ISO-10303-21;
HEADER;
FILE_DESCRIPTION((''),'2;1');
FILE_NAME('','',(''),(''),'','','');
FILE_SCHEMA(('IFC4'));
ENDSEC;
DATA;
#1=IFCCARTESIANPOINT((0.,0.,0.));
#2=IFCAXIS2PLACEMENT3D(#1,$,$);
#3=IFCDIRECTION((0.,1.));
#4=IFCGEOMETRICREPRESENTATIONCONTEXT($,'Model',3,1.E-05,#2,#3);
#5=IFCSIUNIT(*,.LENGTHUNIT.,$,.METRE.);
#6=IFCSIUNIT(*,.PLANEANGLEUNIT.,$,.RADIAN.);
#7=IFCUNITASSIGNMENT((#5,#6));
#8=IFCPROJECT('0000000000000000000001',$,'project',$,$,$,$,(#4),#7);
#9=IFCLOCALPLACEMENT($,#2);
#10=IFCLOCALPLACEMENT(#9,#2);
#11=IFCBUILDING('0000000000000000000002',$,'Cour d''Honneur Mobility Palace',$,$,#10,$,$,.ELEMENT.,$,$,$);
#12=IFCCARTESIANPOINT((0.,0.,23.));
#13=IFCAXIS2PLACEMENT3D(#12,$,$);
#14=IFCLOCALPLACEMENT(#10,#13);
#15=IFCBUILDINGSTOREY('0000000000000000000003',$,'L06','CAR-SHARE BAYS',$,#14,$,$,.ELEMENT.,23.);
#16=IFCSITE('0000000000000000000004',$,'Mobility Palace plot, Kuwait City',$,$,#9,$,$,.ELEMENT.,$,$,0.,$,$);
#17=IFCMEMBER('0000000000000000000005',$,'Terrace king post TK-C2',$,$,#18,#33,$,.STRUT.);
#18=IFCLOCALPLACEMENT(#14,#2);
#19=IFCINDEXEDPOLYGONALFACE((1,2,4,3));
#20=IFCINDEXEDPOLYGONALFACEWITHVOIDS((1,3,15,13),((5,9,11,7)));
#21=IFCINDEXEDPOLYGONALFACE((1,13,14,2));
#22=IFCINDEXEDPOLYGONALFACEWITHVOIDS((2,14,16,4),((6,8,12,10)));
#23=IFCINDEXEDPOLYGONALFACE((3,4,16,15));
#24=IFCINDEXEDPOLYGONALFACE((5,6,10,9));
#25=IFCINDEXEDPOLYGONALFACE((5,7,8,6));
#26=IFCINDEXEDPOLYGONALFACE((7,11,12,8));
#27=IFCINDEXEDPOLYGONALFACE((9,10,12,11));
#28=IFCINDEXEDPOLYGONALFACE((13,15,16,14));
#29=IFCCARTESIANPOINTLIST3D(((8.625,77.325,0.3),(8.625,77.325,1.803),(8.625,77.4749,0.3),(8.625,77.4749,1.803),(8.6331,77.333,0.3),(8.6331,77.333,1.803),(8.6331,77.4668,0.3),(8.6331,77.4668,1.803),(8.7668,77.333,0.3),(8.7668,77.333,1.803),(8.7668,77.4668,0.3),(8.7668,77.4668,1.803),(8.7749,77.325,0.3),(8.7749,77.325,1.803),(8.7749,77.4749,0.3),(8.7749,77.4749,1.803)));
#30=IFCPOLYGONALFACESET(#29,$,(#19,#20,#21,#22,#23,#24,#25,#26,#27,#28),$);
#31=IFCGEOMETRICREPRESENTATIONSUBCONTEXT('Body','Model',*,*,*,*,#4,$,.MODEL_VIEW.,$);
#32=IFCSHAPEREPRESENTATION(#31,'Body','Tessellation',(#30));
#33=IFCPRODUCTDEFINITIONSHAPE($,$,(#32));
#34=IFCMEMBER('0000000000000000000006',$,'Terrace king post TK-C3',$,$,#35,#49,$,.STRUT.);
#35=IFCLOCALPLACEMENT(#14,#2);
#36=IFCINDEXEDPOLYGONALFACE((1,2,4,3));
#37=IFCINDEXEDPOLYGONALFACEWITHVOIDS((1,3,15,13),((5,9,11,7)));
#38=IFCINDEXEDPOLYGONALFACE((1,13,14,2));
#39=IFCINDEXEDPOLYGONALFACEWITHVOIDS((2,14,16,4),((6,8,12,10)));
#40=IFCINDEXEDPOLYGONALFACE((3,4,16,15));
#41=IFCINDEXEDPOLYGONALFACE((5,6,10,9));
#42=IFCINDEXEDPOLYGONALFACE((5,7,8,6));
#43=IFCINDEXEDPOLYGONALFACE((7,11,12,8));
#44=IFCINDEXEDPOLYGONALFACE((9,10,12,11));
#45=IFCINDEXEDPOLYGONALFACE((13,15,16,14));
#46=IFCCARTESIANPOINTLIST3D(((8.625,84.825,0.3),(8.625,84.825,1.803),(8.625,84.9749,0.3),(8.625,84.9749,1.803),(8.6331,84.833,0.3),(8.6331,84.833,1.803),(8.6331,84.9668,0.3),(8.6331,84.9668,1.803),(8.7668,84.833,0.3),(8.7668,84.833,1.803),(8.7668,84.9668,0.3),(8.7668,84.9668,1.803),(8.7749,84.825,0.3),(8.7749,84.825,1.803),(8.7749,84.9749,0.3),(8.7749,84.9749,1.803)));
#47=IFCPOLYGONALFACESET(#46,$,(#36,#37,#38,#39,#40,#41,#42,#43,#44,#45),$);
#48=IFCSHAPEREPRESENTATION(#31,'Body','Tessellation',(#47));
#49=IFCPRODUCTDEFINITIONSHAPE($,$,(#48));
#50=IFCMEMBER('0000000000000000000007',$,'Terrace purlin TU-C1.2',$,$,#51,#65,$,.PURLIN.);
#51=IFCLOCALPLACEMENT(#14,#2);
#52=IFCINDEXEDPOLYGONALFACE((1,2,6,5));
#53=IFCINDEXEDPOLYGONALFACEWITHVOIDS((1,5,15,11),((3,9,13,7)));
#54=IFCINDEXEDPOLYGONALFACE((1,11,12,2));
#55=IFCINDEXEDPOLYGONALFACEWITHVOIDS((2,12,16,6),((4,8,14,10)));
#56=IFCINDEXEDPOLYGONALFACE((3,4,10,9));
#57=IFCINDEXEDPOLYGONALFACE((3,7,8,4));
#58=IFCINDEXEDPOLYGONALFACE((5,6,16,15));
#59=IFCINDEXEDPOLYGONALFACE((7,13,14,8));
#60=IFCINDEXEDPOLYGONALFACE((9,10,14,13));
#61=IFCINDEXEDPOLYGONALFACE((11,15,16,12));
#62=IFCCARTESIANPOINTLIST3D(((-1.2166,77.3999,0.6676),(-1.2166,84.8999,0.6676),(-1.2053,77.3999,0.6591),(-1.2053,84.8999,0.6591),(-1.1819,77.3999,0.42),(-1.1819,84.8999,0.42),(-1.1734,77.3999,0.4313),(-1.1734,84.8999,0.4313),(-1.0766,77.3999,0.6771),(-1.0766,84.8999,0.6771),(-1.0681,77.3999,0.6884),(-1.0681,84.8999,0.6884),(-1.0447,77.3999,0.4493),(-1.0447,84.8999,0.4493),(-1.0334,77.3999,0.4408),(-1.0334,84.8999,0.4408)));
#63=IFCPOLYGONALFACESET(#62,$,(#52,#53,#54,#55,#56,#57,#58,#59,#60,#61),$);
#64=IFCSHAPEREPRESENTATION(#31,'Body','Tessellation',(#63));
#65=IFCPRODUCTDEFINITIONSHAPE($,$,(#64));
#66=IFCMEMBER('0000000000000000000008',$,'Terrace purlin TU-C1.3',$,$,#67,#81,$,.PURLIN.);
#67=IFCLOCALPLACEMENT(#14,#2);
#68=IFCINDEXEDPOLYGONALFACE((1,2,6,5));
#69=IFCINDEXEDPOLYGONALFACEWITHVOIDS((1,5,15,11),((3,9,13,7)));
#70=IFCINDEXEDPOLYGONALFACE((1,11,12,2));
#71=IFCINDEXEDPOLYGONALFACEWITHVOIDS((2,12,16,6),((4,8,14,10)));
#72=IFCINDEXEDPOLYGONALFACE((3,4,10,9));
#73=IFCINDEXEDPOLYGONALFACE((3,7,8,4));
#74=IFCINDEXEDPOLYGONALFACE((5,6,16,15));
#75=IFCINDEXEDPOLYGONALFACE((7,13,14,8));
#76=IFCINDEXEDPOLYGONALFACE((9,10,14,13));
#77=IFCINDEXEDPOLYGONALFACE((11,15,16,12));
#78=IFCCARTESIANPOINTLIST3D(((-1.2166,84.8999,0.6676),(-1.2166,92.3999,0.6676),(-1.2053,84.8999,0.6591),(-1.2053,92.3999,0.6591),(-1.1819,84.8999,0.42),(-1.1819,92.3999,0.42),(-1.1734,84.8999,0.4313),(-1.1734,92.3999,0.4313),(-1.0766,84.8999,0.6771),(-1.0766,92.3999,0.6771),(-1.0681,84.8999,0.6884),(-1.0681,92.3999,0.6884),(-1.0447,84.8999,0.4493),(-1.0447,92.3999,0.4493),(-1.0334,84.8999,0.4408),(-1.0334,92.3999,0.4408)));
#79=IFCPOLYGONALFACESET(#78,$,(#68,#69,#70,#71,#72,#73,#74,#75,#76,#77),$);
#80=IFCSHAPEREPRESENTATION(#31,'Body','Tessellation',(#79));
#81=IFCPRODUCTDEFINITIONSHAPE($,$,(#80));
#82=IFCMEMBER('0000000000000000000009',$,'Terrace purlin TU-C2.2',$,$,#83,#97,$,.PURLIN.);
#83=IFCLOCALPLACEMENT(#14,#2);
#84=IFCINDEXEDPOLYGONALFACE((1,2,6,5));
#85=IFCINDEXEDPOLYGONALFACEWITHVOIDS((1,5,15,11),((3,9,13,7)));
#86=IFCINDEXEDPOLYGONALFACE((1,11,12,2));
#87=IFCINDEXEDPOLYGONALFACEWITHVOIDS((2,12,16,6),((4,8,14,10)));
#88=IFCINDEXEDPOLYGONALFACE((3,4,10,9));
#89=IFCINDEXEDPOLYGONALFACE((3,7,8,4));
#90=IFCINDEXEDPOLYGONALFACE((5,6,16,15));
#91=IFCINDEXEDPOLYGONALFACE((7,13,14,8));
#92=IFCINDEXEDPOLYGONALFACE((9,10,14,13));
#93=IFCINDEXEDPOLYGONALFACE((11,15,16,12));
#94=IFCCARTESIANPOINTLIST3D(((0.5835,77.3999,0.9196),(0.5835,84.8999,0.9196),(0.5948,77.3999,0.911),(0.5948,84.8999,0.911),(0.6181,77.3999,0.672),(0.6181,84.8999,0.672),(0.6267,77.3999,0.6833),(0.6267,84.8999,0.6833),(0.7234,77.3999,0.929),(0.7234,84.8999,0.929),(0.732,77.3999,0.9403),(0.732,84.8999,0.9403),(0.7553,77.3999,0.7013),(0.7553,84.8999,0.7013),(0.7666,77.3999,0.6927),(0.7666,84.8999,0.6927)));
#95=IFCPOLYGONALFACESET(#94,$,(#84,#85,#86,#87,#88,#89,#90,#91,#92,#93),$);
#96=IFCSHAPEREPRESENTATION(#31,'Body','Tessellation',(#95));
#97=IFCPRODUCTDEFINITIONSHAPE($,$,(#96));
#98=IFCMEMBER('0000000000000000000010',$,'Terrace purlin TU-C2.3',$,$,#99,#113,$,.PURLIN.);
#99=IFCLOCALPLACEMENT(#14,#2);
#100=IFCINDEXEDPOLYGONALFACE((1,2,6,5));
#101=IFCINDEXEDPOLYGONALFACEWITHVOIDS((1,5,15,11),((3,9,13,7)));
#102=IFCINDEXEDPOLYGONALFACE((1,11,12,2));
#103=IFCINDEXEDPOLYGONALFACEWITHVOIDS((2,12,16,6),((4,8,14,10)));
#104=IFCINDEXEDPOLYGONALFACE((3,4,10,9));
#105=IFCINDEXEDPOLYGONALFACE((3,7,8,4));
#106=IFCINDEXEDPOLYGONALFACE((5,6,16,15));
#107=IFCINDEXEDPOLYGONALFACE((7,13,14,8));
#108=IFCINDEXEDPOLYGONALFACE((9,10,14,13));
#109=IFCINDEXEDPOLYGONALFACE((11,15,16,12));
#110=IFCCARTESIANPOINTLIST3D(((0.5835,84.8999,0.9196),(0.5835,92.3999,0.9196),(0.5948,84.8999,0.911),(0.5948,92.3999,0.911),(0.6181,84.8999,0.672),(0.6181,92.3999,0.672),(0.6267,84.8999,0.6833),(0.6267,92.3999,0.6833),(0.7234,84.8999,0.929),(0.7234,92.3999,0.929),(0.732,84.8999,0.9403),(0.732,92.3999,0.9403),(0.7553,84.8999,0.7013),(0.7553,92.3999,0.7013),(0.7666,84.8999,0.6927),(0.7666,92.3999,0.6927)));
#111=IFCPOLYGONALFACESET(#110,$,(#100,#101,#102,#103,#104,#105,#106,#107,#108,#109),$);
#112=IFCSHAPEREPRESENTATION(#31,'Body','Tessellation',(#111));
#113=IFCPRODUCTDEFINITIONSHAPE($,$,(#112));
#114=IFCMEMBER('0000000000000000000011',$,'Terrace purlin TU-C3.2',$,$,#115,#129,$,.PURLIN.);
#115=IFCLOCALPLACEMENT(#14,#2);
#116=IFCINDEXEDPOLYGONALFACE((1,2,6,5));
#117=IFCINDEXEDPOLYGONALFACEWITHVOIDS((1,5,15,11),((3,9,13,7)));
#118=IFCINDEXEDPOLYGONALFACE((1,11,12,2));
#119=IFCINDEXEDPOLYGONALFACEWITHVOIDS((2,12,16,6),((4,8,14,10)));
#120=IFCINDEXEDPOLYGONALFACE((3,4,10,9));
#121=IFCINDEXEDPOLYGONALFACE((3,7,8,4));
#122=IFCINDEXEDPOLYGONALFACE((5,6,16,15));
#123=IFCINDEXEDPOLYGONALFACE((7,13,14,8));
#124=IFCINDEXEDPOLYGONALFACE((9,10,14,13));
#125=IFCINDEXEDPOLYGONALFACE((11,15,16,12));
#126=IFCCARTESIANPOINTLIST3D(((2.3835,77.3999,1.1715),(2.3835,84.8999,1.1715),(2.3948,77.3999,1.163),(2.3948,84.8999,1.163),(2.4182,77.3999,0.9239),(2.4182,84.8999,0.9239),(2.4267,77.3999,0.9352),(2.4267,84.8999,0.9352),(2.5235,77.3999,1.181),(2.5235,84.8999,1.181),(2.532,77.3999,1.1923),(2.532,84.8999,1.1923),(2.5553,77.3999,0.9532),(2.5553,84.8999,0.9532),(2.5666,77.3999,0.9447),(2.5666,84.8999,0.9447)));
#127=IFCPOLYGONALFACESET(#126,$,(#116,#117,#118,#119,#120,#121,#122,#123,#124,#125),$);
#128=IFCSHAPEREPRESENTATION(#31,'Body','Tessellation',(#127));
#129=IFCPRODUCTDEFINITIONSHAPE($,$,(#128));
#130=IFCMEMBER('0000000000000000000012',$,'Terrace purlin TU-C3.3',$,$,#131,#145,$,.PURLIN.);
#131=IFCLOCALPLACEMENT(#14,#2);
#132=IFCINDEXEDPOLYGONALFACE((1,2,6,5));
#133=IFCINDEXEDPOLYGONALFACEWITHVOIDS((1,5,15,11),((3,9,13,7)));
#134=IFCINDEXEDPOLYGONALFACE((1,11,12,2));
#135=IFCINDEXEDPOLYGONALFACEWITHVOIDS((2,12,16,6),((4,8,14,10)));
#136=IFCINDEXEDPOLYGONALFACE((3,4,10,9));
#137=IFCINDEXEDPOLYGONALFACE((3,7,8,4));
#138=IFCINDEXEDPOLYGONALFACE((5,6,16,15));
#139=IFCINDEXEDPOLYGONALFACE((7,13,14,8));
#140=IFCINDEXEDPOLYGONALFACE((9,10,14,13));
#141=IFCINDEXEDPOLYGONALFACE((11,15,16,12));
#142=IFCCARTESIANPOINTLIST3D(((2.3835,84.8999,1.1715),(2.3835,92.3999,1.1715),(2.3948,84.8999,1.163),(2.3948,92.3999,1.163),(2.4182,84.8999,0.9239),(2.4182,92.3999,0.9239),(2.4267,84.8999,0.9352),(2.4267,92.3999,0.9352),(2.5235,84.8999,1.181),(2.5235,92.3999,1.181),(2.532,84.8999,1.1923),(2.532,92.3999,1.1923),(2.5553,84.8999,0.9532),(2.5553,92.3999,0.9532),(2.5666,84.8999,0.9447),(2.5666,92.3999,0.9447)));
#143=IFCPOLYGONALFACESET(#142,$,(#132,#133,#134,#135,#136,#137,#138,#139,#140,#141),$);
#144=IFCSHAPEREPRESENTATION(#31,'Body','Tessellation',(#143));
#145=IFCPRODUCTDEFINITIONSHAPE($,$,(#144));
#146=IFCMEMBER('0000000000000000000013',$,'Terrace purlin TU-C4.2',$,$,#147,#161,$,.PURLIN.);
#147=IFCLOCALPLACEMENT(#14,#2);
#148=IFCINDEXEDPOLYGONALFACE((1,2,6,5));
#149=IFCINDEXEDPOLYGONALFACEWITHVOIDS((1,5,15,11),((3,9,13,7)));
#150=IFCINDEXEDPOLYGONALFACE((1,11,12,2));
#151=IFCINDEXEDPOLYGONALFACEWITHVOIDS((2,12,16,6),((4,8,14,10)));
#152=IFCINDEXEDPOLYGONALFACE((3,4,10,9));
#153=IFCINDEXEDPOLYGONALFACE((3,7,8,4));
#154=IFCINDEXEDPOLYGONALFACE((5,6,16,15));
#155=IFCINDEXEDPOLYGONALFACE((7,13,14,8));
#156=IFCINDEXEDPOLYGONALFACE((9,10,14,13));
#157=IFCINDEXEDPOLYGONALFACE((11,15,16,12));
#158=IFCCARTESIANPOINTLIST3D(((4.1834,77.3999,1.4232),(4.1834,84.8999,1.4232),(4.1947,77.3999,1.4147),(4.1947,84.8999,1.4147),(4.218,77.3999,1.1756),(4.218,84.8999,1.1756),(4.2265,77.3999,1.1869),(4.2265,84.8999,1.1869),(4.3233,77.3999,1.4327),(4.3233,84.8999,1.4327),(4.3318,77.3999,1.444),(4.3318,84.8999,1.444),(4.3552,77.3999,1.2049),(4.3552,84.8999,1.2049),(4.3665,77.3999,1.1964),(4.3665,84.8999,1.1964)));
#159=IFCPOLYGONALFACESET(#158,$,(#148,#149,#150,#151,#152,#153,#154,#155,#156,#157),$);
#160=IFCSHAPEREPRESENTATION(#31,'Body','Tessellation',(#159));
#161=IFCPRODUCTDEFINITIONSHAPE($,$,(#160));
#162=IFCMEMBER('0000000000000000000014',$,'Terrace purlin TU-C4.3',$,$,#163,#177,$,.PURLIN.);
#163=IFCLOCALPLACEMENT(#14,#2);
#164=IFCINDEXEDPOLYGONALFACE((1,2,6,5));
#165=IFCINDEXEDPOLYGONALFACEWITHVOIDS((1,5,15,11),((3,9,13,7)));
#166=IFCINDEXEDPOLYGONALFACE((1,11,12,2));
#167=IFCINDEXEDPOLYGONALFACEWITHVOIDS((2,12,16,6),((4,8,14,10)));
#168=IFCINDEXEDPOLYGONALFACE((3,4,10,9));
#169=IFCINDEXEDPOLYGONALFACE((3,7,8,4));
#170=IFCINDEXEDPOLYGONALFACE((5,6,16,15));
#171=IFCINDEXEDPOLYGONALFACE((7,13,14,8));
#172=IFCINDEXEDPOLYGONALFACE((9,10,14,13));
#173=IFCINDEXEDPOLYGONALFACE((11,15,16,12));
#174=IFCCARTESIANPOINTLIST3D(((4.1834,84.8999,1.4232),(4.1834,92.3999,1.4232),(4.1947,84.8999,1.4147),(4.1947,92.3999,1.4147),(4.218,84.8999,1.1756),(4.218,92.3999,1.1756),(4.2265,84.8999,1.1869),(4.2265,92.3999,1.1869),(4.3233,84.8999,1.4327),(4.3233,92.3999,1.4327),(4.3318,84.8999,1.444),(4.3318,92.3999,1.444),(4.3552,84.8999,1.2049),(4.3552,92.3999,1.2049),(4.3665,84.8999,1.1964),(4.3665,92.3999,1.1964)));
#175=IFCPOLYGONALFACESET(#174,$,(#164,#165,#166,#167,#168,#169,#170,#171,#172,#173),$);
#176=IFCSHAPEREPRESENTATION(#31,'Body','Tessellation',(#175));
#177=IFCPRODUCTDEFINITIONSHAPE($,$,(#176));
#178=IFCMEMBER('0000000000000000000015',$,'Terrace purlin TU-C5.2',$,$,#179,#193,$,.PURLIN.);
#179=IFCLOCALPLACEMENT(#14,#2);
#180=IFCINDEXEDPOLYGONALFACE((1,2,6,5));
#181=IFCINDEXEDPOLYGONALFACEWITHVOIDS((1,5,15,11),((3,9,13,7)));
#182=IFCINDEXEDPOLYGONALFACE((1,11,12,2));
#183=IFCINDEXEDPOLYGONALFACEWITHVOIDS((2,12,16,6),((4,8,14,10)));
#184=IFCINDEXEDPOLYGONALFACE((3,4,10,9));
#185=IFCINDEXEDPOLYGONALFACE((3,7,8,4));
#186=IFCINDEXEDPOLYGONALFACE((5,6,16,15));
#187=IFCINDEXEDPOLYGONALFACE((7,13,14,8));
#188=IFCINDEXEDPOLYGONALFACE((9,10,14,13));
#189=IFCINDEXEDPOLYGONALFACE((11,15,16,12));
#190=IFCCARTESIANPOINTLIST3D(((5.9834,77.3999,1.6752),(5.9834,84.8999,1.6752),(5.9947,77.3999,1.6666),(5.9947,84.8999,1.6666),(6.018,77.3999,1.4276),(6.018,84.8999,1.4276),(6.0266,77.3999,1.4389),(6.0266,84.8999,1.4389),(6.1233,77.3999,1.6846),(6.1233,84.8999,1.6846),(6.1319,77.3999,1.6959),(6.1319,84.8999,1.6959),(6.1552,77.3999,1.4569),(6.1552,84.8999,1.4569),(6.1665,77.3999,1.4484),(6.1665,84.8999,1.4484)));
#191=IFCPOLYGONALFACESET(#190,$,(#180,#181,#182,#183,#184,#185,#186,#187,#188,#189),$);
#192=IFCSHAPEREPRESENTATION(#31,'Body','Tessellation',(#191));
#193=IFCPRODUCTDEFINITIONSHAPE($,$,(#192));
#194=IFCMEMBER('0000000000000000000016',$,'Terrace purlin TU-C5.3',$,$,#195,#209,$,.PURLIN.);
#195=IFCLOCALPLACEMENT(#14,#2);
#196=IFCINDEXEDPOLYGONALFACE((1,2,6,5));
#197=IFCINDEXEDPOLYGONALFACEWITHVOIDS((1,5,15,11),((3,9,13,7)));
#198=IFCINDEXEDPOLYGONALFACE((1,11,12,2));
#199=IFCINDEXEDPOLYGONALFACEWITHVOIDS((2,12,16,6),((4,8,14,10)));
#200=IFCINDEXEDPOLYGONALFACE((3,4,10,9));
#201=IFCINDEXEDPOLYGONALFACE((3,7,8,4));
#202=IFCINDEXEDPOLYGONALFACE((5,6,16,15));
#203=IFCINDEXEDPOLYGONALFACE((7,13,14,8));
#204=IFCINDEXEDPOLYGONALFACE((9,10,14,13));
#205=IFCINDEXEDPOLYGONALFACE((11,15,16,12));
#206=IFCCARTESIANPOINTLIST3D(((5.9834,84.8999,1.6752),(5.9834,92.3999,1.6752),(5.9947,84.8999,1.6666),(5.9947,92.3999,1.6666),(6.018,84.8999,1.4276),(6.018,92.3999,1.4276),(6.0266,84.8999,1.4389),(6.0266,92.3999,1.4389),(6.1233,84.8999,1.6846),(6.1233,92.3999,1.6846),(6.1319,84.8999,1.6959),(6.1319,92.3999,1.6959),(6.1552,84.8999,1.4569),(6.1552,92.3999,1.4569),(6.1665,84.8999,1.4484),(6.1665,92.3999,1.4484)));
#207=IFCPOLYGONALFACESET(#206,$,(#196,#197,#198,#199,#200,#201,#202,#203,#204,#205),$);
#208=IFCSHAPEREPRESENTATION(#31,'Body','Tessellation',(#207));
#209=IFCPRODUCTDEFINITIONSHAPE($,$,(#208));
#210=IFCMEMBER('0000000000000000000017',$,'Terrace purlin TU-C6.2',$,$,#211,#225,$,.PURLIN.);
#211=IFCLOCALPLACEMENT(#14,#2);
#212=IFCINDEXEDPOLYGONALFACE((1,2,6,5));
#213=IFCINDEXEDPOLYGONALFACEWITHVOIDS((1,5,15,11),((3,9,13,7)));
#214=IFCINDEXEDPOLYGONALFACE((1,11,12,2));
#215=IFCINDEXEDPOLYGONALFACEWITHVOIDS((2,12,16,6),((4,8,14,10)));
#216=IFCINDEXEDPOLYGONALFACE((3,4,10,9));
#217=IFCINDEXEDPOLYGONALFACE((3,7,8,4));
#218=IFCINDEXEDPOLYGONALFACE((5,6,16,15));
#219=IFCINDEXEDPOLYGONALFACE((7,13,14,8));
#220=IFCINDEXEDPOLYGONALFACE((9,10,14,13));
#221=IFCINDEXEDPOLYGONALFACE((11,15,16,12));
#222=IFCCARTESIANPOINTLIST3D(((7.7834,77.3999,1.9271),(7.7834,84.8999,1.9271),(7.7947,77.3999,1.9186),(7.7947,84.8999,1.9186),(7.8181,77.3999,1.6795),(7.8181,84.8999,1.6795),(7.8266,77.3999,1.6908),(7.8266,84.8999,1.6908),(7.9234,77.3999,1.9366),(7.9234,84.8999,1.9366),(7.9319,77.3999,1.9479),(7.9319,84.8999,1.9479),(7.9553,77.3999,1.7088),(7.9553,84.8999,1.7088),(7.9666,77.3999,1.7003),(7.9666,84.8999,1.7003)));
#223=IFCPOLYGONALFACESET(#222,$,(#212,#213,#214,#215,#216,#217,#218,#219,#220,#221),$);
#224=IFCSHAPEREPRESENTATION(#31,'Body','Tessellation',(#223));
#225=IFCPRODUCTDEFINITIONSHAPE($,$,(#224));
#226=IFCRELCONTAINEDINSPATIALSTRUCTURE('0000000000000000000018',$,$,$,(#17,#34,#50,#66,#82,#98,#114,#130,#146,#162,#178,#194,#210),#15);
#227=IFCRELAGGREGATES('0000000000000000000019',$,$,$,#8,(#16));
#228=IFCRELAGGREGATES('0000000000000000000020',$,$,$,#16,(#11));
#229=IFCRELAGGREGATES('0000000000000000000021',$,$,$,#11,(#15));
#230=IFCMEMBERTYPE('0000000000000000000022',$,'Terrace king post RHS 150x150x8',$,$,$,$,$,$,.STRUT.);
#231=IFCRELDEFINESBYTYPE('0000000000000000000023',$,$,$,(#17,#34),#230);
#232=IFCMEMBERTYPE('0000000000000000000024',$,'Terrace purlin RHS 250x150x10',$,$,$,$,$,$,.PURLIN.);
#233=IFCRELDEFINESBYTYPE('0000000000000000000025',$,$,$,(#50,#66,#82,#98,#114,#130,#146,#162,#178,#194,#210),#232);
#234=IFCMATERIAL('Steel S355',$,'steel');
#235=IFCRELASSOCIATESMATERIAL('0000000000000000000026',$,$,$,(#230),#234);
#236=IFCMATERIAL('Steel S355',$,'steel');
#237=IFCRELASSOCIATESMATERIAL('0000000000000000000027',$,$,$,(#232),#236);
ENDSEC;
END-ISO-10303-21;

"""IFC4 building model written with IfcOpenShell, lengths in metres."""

from ifc_helpers import new_model, si_unit, direction, frame, origin, origin_2d, place, context, subcontext, project, spatial, hollow_rectangle, extrude, material, material_profile, profile_set, type_object, element, save


model = new_model("IFC4")

# Units and contexts
model_context = context("Model", 3, precision=1e-05, world=origin(), true_north=direction((0.0, 1.0)))
body_context = subcontext(model_context, "Body", "Model", "MODEL_VIEW")
ifc_project = project(units=[si_unit("LENGTHUNIT", "METRE"), si_unit("PLANEANGLEUNIT", "RADIAN")], contexts=[model_context])

# Site, building, storey
site_placement = place(None, origin())
site = spatial("IfcSite", under=ifc_project, at=site_placement, Name="Mobility Palace plot, Kuwait City", CompositionType="ELEMENT", RefElevation=0.0)
building_placement = place(site_placement, origin())
building = spatial("IfcBuilding", under=site, at=building_placement, Name="Cour d'Honneur Mobility Palace", CompositionType="ELEMENT")
storey_placement = place(building_placement, frame((0.0, 0.0, 23.0)))
storey = spatial("IfcBuildingStorey", under=building, at=storey_placement, Name="L06", Description="CAR-SHARE BAYS", CompositionType="ELEMENT", Elevation=23.0)

# Members
ifc_material_1 = material(Name="Steel S355", Category="steel")
ifc_material_profile_1 = material_profile(ifc_material_1, hollow_rectangle(XDim=0.1499, YDim=0.1499, WallThickness=0.0081, at=origin_2d()), Name="RHS 150x150x8")
ifc_profile_set_1 = profile_set([ifc_material_profile_1], Name="Steel S355")
member_type_1 = type_object("IfcMemberType", Name="Terrace king post RHS 150x150x8", PredefinedType="STRUT", material=ifc_profile_set_1)
for number, where, z_axis, x_axis, name in (
    (1, (8.7, 77.3999, 0.3), (0.0, 0.0, 1.0), (1.0, 0.0, 0.0), "Terrace king post TK-C2"),
    (2, (8.7, 84.8999, 0.3), (0.0, 0.0, 1.0), (1.0, 0.0, 0.0), "Terrace king post TK-C3"),
):
    element("IfcMember", number, at=place(storey_placement, frame(where, z_axis=z_axis, x_axis=x_axis)), inside=storey, type_object=member_type_1, Name=name, PredefinedType="STRUT", context=body_context, shape_type="SweptSolid", body=[
        extrude(hollow_rectangle(XDim=0.1499, YDim=0.1499, WallThickness=0.0081, at=origin_2d()), origin(), (0.0, 0.0, 1.0), 1.5029),
    ])
ifc_material_2 = material(Name="Steel S355", Category="steel")
ifc_material_profile_2 = material_profile(ifc_material_2, hollow_rectangle(XDim=0.1499, YDim=0.25, WallThickness=0.01, at=origin_2d()), Name="RHS 250x150x10")
ifc_profile_set_2 = profile_set([ifc_material_profile_2], Name="Steel S355")
member_type_2 = type_object("IfcMemberType", Name="Terrace purlin RHS 250x150x10", PredefinedType="PURLIN", material=ifc_profile_set_2)
for number, where, z_axis, x_axis, name in (
    (3, (-1.125, 77.3999, 0.5542), (0.0, 1.0, 0.0), (-0.99035, 0.0, -0.138591), "Terrace purlin TU-C1.2"),
    (4, (-1.125, 84.8999, 0.5542), (0.0, 1.0, 0.0), (-0.99035, 0.0, -0.138591), "Terrace purlin TU-C1.3"),
    (5, (0.675, 77.3999, 0.8062), (0.0, 1.0, 0.0), (-0.99035, 0.0, -0.138591), "Terrace purlin TU-C2.2"),
    (6, (0.675, 84.8999, 0.8062), (0.0, 1.0, 0.0), (-0.99035, 0.0, -0.138591), "Terrace purlin TU-C2.3"),
    (7, (2.4751, 77.3999, 1.0581), (0.0, 1.0, 0.0), (-0.99035, 0.0, -0.138591), "Terrace purlin TU-C3.2"),
    (8, (2.4751, 84.8999, 1.0581), (0.0, 1.0, 0.0), (-0.99035, 0.0, -0.138591), "Terrace purlin TU-C3.3"),
    (9, (4.2749, 77.3999, 1.3098), (0.0, 1.0, 0.0), (-0.99035, 0.0, -0.138591), "Terrace purlin TU-C4.2"),
    (10, (4.2749, 84.8999, 1.3098), (0.0, 1.0, 0.0), (-0.99035, 0.0, -0.138591), "Terrace purlin TU-C4.3"),
    (11, (6.075, 77.3999, 1.5618), (0.0, 1.0, 0.0), (-0.99035, 0.0, -0.138591), "Terrace purlin TU-C5.2"),
    (12, (6.075, 84.8999, 1.5618), (0.0, 1.0, 0.0), (-0.99035, 0.0, -0.138591), "Terrace purlin TU-C5.3"),
    (13, (7.875, 77.3999, 1.8137), (0.0, 1.0, 0.0), (-0.99035, 0.0, -0.138591), "Terrace purlin TU-C6.2"),
):
    element("IfcMember", number, at=place(storey_placement, frame(where, z_axis=z_axis, x_axis=x_axis)), inside=storey, type_object=member_type_2, Name=name, PredefinedType="PURLIN", context=body_context, shape_type="SweptSolid", body=[
        extrude(hollow_rectangle(XDim=0.1499, YDim=0.25, WallThickness=0.01, at=origin_2d()), origin(), (0.0, 0.0, 1.0), 7.5),
    ])

save(model, "model.ifc")
